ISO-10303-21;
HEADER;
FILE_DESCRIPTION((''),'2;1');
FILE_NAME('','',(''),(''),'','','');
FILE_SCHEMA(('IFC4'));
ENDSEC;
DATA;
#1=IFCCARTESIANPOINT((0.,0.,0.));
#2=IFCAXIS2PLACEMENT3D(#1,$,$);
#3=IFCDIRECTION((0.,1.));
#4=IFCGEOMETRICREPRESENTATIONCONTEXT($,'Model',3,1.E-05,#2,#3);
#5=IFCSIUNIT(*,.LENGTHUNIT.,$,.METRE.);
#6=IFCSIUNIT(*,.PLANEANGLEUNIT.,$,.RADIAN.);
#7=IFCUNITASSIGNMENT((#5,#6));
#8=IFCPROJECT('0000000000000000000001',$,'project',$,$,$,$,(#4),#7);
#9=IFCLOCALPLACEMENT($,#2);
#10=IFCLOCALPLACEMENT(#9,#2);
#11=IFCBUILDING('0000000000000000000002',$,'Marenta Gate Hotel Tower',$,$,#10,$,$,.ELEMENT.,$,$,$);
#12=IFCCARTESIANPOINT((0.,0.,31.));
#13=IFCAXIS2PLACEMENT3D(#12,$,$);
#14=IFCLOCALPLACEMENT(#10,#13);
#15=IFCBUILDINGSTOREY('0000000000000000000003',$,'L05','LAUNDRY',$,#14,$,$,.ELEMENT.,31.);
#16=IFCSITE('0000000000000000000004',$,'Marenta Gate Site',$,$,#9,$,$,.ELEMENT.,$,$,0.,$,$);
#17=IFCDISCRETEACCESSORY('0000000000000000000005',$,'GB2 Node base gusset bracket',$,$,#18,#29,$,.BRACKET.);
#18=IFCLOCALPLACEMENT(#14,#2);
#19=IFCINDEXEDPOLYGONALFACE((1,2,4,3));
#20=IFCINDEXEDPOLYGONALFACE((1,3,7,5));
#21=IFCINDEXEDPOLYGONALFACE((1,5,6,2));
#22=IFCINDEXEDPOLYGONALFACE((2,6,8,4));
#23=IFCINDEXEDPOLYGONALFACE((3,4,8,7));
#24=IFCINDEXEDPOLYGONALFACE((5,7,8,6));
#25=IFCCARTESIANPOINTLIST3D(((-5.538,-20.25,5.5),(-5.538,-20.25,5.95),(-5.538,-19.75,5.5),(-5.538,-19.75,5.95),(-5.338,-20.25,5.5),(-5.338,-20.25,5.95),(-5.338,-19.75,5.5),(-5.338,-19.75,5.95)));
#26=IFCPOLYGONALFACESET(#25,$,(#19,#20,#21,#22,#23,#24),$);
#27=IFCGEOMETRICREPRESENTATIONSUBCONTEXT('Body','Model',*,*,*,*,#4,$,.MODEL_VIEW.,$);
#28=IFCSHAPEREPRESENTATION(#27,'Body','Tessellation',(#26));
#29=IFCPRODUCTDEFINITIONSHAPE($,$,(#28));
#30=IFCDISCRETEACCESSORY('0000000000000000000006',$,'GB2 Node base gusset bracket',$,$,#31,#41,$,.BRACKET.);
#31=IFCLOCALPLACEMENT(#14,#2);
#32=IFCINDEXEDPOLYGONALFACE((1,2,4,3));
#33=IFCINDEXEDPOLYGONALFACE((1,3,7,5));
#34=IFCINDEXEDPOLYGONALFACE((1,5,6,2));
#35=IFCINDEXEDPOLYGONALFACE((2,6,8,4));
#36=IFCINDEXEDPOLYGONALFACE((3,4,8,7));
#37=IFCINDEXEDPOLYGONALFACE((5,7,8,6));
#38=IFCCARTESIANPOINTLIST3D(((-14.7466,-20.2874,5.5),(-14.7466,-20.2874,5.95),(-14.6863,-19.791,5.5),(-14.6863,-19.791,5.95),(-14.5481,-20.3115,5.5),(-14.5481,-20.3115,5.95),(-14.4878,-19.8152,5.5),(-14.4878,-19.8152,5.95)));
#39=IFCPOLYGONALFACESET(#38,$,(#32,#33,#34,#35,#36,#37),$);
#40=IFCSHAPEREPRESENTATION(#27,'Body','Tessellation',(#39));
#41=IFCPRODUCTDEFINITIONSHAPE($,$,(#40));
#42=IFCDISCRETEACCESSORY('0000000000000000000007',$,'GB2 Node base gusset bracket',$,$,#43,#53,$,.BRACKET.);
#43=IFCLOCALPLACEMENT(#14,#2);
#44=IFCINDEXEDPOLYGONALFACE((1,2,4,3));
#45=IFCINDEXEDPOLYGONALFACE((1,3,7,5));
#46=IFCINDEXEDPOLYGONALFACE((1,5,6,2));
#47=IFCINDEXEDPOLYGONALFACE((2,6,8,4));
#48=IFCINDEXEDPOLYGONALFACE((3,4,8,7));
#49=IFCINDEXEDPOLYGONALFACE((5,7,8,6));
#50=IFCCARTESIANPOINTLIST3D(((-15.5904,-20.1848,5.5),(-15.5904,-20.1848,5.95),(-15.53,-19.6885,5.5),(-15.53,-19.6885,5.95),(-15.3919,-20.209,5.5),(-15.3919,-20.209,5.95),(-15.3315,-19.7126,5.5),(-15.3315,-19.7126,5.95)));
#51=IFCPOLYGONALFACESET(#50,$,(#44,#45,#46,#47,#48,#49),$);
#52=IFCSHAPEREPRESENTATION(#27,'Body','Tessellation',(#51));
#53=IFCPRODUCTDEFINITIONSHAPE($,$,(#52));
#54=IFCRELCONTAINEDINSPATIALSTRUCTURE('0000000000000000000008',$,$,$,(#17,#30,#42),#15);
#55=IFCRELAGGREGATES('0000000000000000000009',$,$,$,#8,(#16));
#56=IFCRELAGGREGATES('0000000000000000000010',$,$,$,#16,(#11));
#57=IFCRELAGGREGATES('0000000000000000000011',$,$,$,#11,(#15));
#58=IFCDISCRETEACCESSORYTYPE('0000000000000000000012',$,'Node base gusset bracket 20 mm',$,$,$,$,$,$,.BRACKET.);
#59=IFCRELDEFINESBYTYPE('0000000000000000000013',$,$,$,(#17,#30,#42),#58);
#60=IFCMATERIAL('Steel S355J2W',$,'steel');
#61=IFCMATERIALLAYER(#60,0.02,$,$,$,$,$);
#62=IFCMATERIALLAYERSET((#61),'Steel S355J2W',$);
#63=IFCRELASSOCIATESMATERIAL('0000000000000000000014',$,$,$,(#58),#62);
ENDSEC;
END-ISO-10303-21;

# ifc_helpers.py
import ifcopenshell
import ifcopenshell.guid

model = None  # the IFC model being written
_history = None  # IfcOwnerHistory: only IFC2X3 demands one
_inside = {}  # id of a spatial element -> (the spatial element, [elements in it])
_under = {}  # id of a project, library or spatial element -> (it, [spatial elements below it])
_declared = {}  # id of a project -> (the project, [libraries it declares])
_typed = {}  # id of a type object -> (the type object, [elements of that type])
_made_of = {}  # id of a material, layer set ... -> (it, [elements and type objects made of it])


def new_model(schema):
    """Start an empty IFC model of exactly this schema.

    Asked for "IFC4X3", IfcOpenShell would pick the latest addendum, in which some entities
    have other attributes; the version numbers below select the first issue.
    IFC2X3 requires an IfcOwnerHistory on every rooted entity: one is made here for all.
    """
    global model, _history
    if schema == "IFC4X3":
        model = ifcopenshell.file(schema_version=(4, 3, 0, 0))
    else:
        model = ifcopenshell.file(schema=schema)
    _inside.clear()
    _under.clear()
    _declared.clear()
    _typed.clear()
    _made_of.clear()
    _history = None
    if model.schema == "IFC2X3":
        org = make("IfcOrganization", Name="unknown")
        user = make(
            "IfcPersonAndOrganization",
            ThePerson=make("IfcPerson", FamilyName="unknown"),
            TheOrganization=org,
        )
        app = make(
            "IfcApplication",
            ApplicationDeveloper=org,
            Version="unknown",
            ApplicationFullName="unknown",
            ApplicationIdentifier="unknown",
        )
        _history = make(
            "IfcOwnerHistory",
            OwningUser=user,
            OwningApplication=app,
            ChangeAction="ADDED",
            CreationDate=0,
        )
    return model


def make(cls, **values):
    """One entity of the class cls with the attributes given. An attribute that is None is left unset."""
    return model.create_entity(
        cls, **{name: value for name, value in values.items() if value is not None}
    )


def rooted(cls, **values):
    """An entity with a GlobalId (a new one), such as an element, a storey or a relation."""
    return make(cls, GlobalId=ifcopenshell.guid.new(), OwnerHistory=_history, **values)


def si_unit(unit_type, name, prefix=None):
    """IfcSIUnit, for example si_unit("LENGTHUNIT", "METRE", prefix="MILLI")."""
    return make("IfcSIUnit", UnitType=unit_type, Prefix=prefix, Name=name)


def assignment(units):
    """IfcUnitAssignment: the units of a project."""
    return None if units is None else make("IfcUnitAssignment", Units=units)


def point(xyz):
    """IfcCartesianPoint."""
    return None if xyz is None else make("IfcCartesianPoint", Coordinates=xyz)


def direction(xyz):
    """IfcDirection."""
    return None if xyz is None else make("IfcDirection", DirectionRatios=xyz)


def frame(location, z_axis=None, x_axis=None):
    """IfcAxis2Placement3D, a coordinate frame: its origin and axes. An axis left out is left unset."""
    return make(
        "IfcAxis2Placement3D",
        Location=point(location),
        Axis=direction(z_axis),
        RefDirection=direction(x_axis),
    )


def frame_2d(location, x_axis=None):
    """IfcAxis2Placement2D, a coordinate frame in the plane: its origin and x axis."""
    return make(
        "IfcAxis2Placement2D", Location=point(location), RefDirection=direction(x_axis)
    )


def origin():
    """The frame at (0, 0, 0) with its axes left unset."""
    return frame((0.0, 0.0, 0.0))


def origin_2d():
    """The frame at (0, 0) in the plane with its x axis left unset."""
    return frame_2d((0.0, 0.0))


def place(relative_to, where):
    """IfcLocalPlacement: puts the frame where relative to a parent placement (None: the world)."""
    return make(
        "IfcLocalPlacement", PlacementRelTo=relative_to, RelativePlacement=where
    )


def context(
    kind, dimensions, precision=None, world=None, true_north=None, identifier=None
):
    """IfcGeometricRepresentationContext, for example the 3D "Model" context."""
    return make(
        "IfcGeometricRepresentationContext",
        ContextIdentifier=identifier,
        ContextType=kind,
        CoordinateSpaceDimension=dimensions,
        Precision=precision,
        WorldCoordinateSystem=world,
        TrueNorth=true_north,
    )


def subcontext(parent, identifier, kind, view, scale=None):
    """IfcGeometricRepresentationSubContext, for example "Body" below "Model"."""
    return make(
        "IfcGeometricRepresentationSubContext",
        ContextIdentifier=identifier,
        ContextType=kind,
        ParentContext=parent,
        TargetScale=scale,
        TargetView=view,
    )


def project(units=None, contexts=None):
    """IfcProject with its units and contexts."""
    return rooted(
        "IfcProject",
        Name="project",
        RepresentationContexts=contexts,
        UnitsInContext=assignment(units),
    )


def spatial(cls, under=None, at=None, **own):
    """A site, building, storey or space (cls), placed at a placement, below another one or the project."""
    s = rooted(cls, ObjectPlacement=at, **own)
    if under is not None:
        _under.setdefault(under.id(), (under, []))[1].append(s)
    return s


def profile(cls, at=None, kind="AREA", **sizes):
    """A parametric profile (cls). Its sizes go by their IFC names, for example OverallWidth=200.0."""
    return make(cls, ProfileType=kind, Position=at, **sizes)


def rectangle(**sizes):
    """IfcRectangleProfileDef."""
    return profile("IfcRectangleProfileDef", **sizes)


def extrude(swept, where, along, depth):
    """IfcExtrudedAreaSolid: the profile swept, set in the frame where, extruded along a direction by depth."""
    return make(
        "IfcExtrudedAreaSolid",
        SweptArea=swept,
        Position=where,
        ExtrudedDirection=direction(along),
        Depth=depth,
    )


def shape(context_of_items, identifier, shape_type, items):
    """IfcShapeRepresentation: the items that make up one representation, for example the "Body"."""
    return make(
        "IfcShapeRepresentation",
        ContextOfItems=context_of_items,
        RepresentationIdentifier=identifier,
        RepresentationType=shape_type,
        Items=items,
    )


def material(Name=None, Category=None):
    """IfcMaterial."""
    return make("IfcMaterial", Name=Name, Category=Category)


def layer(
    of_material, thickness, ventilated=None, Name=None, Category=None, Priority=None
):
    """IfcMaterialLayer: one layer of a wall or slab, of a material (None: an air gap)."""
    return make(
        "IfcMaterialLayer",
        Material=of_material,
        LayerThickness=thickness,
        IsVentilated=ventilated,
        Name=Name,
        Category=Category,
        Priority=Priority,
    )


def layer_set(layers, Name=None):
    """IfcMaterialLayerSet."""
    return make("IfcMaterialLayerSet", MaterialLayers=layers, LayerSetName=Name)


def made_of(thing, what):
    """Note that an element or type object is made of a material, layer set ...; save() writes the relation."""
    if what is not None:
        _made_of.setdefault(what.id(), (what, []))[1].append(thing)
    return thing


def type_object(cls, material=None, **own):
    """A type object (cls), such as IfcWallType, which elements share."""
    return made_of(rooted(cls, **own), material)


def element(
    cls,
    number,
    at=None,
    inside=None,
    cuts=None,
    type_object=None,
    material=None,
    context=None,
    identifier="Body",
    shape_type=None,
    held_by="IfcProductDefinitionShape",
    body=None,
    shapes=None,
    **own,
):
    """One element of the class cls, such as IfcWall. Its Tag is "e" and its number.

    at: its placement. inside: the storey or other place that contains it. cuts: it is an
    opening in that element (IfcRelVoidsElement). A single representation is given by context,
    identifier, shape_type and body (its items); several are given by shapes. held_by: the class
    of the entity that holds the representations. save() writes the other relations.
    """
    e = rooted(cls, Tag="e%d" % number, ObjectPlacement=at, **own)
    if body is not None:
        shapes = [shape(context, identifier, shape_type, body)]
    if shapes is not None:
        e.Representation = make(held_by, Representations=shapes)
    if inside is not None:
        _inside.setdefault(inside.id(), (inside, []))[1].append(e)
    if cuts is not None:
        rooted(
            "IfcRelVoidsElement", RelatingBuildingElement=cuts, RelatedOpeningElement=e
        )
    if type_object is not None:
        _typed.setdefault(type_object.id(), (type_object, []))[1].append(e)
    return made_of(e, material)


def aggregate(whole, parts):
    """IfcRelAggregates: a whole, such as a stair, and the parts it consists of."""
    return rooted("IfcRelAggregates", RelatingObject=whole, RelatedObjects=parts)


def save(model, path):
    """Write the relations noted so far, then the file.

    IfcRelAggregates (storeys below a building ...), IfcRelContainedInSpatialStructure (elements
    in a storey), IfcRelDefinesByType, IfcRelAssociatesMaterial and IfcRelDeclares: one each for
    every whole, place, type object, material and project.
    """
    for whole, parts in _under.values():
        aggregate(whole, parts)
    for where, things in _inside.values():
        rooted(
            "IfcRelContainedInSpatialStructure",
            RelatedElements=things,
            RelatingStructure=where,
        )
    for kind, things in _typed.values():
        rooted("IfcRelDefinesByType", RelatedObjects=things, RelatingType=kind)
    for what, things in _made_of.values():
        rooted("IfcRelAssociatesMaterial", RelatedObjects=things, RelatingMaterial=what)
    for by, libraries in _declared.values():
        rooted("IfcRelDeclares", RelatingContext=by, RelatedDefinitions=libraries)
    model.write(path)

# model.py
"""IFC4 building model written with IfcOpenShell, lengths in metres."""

from ifc_helpers import new_model, si_unit, direction, frame, origin, origin_2d, place, context, subcontext, project, spatial, rectangle, extrude, material, layer, layer_set, type_object, element, save


model = new_model("IFC4")

# Units and contexts
model_context = context("Model", 3, precision=1e-05, world=origin(), true_north=direction((0.0, 1.0)))
body_context = subcontext(model_context, "Body", "Model", "MODEL_VIEW")
ifc_project = project(units=[si_unit("LENGTHUNIT", "METRE"), si_unit("PLANEANGLEUNIT", "RADIAN")], contexts=[model_context])

# Site, building, storey
site_placement = place(None, origin())
site = spatial("IfcSite", under=ifc_project, at=site_placement, Name="Marenta Gate Site", CompositionType="ELEMENT", RefElevation=0.0)
building_placement = place(site_placement, origin())
building = spatial("IfcBuilding", under=site, at=building_placement, Name="Marenta Gate Hotel Tower", CompositionType="ELEMENT")
storey_placement = place(building_placement, frame((0.0, 0.0, 31.0)))
storey = spatial("IfcBuildingStorey", under=building, at=storey_placement, Name="L05", Description="LAUNDRY", CompositionType="ELEMENT", Elevation=31.0)

# Discrete accessories
ifc_material_1 = material(Name="Steel S355J2W", Category="steel")
ifc_layer_1 = layer(ifc_material_1, 0.02)
ifc_layer_set_1 = layer_set([ifc_layer_1], Name="Steel S355J2W")
discrete_accessory_type_1 = type_object("IfcDiscreteAccessoryType", Name="Node base gusset bracket 20 mm", PredefinedType="BRACKET", material=ifc_layer_set_1)
for number, where, z_axis, x_axis, name in (
    (1, (-5.438, -20.0, 5.5), (0.0, 0.0, 1.0), (-1.0, 0.0, 0.0), "GB2 Node base gusset bracket"),
    (2, (-14.6172, -20.0513, 5.5), (0.0, 0.0, 1.0), (-0.992691, 0.120686, 0.0), "GB2 Node base gusset bracket"),
    (3, (-15.4609, -19.9487, 5.5), (0.0, 0.0, 1.0), (-0.992691, 0.120686, 0.0), "GB2 Node base gusset bracket"),
):
    element("IfcDiscreteAccessory", number, at=place(storey_placement, frame(where, z_axis=z_axis, x_axis=x_axis)), inside=storey, type_object=discrete_accessory_type_1, Name=name, PredefinedType="BRACKET", context=body_context, shape_type="SweptSolid", body=[
        extrude(rectangle(XDim=0.2, YDim=0.5, at=origin_2d()), origin(), (0.0, 0.0, 1.0), 0.45),
    ])

save(model, "model.ifc")
